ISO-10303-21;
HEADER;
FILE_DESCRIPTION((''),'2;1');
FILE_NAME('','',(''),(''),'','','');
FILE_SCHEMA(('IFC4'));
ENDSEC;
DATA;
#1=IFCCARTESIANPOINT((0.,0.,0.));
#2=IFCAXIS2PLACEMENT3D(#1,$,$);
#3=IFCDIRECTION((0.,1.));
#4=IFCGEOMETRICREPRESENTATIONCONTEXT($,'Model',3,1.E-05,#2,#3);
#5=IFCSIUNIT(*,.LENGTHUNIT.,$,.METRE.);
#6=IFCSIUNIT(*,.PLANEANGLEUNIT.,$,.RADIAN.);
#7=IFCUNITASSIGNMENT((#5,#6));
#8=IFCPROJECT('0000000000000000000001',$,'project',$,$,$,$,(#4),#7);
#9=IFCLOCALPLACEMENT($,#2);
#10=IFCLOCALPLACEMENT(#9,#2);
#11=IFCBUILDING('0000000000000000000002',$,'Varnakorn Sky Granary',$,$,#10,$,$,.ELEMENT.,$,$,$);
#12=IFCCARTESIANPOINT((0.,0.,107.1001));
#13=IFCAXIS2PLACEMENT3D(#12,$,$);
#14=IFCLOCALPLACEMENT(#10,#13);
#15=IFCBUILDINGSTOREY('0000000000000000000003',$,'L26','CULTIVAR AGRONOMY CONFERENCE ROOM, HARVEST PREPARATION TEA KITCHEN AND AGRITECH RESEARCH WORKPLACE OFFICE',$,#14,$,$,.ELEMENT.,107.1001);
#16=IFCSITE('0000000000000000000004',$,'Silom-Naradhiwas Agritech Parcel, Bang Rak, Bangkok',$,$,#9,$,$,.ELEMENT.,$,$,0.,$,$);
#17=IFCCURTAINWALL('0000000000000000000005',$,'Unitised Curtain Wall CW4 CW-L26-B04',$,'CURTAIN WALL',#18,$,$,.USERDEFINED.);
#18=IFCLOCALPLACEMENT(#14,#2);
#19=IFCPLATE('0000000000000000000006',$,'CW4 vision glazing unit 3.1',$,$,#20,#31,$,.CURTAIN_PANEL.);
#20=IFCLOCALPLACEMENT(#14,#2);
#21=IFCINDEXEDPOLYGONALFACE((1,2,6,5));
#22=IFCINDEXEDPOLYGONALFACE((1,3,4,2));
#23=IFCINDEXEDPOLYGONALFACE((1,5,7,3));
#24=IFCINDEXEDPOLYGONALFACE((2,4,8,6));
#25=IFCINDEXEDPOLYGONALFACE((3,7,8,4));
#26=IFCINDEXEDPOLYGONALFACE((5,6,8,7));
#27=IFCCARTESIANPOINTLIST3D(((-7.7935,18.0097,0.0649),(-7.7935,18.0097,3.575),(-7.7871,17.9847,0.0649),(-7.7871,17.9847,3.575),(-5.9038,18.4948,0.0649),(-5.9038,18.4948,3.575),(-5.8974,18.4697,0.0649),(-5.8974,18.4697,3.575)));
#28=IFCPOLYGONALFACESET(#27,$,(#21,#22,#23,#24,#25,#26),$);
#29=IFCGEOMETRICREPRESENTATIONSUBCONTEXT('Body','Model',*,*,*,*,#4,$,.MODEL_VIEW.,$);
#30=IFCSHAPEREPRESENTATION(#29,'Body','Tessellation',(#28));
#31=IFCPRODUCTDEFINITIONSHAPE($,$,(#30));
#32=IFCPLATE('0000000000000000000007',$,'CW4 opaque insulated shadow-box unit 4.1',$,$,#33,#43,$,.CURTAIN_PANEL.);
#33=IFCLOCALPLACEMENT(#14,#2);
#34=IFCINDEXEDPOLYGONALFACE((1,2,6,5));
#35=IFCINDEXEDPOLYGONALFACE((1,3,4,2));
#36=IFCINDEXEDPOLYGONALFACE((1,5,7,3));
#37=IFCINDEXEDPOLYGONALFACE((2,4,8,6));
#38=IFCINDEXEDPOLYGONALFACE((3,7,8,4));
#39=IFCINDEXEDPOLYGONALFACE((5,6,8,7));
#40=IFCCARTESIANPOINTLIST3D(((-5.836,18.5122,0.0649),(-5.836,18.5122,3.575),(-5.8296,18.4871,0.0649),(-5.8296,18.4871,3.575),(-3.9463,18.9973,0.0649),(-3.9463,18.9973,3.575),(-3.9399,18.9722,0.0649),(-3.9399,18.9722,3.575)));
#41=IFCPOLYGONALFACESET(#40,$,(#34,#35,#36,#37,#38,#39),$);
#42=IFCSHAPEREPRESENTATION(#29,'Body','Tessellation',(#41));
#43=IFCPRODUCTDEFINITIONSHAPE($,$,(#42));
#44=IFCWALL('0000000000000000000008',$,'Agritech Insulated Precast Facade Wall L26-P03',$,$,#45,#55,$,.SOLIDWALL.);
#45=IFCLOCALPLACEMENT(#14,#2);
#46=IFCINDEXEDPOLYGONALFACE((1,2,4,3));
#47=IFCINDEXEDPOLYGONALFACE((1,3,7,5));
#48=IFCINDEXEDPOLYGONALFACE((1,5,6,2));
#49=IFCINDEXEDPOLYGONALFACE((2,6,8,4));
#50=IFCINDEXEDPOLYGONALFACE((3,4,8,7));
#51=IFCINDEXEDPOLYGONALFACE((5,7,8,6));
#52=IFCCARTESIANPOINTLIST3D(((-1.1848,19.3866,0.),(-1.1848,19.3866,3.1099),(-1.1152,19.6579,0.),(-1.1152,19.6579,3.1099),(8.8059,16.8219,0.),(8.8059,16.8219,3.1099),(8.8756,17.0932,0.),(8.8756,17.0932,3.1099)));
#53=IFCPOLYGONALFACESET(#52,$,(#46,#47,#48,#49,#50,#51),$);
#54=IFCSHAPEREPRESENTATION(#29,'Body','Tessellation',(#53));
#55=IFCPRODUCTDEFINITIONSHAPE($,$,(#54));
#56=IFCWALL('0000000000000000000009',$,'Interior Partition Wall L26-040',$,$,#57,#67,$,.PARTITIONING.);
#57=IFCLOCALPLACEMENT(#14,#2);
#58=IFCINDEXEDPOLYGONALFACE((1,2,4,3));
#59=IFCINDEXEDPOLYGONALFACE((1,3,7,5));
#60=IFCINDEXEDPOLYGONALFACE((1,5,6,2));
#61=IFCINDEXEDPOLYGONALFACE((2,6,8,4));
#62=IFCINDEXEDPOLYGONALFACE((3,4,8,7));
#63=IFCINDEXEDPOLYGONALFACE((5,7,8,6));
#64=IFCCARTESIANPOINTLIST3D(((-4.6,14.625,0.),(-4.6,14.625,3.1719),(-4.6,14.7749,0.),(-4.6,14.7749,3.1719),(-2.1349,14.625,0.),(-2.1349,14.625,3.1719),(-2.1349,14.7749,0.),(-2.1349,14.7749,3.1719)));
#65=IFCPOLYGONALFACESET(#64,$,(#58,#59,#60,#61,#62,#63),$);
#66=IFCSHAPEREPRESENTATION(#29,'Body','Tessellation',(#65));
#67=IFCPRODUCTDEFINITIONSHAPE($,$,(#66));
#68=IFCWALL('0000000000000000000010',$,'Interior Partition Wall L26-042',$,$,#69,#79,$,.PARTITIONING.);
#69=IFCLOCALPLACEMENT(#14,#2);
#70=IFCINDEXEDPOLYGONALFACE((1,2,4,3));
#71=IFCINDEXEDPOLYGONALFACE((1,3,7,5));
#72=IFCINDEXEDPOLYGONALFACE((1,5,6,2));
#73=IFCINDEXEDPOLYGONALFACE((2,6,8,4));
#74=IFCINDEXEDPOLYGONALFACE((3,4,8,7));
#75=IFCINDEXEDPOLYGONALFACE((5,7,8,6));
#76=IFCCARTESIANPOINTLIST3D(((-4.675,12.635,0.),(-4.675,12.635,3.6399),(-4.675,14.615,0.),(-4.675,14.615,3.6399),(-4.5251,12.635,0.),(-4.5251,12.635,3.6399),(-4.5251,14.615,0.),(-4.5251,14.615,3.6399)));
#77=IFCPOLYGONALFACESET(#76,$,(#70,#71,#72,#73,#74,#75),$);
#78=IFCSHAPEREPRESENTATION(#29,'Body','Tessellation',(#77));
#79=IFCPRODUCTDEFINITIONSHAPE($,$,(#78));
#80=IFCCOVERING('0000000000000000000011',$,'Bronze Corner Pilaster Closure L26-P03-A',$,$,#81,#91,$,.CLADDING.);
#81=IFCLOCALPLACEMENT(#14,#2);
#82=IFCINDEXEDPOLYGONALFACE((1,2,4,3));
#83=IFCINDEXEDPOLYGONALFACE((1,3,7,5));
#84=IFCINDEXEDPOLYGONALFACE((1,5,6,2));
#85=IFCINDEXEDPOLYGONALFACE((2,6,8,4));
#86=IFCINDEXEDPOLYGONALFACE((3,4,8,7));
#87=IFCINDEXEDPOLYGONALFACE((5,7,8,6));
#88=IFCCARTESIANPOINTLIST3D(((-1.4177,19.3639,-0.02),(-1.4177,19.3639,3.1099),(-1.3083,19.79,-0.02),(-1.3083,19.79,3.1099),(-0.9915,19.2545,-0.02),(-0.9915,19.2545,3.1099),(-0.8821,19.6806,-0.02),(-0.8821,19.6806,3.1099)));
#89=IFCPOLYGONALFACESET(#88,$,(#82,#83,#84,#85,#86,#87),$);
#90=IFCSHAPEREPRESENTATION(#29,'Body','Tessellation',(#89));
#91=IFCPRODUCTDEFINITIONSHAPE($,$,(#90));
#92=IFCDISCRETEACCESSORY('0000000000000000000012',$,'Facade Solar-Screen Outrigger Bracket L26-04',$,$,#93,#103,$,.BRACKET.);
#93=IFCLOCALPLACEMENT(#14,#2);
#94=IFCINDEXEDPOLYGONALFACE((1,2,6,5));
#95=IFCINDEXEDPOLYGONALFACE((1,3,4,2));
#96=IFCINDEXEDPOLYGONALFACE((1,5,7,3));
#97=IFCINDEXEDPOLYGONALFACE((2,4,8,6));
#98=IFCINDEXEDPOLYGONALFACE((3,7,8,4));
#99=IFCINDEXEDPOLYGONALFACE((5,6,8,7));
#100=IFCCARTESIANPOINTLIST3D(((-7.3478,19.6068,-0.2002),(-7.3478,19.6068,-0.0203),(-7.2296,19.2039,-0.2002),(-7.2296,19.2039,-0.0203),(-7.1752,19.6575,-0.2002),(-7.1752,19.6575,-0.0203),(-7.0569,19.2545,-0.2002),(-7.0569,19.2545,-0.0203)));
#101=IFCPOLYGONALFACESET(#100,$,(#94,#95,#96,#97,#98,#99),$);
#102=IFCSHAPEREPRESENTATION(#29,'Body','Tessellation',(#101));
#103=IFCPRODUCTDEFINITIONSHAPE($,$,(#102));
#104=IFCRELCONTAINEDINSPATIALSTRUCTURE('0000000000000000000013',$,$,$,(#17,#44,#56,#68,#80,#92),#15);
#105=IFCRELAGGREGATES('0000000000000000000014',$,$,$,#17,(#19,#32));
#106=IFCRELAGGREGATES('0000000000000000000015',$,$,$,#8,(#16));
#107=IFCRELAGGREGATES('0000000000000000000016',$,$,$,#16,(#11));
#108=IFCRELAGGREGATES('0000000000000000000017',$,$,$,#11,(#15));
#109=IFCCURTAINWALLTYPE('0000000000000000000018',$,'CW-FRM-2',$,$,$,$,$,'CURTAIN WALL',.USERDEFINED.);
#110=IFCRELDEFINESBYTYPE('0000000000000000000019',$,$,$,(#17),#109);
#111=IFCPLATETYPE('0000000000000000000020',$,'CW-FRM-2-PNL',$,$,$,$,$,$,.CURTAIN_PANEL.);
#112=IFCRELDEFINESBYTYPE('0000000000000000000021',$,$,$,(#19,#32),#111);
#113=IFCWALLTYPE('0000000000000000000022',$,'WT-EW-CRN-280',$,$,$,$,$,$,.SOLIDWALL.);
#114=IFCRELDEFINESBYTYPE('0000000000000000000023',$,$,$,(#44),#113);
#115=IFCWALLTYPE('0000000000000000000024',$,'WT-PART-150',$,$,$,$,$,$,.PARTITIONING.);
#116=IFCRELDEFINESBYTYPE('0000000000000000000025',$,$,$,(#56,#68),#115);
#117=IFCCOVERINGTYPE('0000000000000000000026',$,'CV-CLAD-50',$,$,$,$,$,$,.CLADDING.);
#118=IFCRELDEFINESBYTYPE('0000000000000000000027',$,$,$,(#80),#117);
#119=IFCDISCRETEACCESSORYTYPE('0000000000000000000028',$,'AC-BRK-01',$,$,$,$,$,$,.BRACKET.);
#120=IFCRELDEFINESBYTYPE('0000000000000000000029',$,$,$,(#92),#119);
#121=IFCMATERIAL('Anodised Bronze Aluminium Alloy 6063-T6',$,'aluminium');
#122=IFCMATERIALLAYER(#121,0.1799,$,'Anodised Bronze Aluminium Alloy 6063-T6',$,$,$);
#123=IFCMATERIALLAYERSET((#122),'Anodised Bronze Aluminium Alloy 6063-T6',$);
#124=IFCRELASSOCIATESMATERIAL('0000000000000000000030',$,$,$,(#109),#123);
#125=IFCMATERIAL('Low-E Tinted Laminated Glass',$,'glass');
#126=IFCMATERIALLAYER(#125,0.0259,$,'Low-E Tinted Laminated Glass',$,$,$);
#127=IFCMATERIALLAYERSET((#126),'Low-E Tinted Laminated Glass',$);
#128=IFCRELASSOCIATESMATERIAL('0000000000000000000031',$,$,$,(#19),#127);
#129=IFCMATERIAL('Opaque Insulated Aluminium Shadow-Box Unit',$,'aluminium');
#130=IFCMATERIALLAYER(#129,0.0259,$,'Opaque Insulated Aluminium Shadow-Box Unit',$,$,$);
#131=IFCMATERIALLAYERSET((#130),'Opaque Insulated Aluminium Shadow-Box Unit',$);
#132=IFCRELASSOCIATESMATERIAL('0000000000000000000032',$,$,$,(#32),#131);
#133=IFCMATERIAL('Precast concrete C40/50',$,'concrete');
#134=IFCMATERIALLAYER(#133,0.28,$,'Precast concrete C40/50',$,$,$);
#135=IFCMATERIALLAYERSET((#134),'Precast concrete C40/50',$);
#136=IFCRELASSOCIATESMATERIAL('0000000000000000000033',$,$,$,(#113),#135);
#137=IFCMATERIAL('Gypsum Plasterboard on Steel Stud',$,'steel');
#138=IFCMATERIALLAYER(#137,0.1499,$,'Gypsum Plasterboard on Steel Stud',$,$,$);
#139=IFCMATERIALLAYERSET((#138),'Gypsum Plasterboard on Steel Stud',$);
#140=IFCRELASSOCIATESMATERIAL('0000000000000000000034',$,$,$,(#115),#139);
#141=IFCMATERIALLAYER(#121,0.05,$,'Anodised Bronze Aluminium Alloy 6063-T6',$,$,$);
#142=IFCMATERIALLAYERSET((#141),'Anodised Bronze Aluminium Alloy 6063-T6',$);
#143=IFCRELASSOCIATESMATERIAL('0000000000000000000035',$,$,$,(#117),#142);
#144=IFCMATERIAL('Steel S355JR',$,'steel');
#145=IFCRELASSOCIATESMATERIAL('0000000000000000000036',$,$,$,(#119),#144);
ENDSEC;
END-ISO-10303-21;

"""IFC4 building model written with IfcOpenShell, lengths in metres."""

from ifc_helpers import new_model, si_unit, direction, frame, frame_2d, origin, origin_2d, place, context, subcontext, project, spatial, rectangle, extrude, source, transform, mapped, material, layer, layer_set, type_object, type_shapes, element, aggregate, save


model = new_model("IFC4")

# Units and contexts
model_context = context("Model", 3, precision=1e-05, world=origin(), true_north=direction((0.0, 1.0)))
body_context = subcontext(model_context, "Body", "Model", "MODEL_VIEW")
ifc_project = project(units=[si_unit("LENGTHUNIT", "METRE"), si_unit("PLANEANGLEUNIT", "RADIAN")], contexts=[model_context])

# Site, building, storey
site_placement = place(None, origin())
site = spatial("IfcSite", under=ifc_project, at=site_placement, Name="Silom-Naradhiwas Agritech Parcel, Bang Rak, Bangkok", CompositionType="ELEMENT", RefElevation=0.0)
building_placement = place(site_placement, origin())
building = spatial("IfcBuilding", under=site, at=building_placement, Name="Varnakorn Sky Granary", CompositionType="ELEMENT")
storey_placement = place(building_placement, frame((0.0, 0.0, 107.1001)))
storey = spatial("IfcBuildingStorey", under=building, at=storey_placement, Name="L26", Description="CULTIVAR AGRONOMY CONFERENCE ROOM, HARVEST PREPARATION TEA KITCHEN AND AGRITECH RESEARCH WORKPLACE OFFICE", CompositionType="ELEMENT", Elevation=107.1001)

# Shared definitions
ifc_material_1 = material(Name="Steel S355JR", Category="steel")

# Curtain wall
ifc_material_2 = material(Name="Anodised Bronze Aluminium Alloy 6063-T6", Category="aluminium")
ifc_layer_1 = layer(ifc_material_2, 0.1799, Name="Anodised Bronze Aluminium Alloy 6063-T6")
ifc_layer_set_1 = layer_set([ifc_layer_1], Name="Anodised Bronze Aluminium Alloy 6063-T6")
curtain_wall_type = type_object("IfcCurtainWallType", Name="CW-FRM-2", ElementType="CURTAIN WALL", PredefinedType="USERDEFINED", material=ifc_layer_set_1)
curtain_wall_placement = place(storey_placement, origin())
curtain_wall = element("IfcCurtainWall", 1, at=curtain_wall_placement, inside=storey, type_object=curtain_wall_type, Name="Unitised Curtain Wall CW4 CW-L26-B04", ObjectType="CURTAIN WALL", PredefinedType="USERDEFINED")

# Plates
ifc_material_3 = material(Name="Opaque Insulated Aluminium Shadow-Box Unit", Category="aluminium")
ifc_layer_2 = layer(ifc_material_3, 0.0259, Name="Opaque Insulated Aluminium Shadow-Box Unit")
ifc_layer_set_2 = layer_set([ifc_layer_2], Name="Opaque Insulated Aluminium Shadow-Box Unit")
plate_type = type_object("IfcPlateType", Name="CW-FRM-2-PNL", PredefinedType="CURTAIN_PANEL")
ifc_material_4 = material(Name="Low-E Tinted Laminated Glass", Category="glass")
ifc_layer_3 = layer(ifc_material_4, 0.0259, Name="Low-E Tinted Laminated Glass")
ifc_layer_set_3 = layer_set([ifc_layer_3], Name="Low-E Tinted Laminated Glass")
shared_shape_1 = source(origin(), body_context, "Body", "SweptSolid", [
    extrude(rectangle(XDim=1.9509, YDim=0.0259, at=origin_2d()), origin(), (0.0, 0.0, 1.0), 3.51),
])
plate_1_placement = place(storey_placement, frame((-6.8455, 18.2397, 0.0649), z_axis=(0.0, 0.0, 1.0), x_axis=(0.968597, 0.248636, 0.0)))
plate_1 = element("IfcPlate", 2, at=plate_1_placement, type_object=plate_type, material=ifc_layer_set_3, Name="CW4 vision glazing unit 3.1", PredefinedType="CURTAIN_PANEL", context=body_context, shape_type="MappedRepresentation", body=[
    mapped(shared_shape_1, transform((0.0, 0.0, 0.0), x_axis=(1.0, 0.0, 0.0), y_axis=(0.0, 1.0, 0.0), z_axis=(0.0, 0.0, 1.0), scale=1.0)),
])
plate_2_placement = place(storey_placement, frame((-4.8879, 18.7422, 0.0649), z_axis=(0.0, 0.0, 1.0), x_axis=(0.968597, 0.248636, 0.0)))
plate_2 = element("IfcPlate", 3, at=plate_2_placement, type_object=plate_type, material=ifc_layer_set_2, Name="CW4 opaque insulated shadow-box unit 4.1", PredefinedType="CURTAIN_PANEL", context=body_context, shape_type="MappedRepresentation", body=[
    mapped(shared_shape_1, transform((0.0, 0.0, 0.0), x_axis=(1.0, 0.0, 0.0), y_axis=(0.0, 1.0, 0.0), z_axis=(0.0, 0.0, 1.0), scale=1.0)),
])
aggregate(curtain_wall, [plate_1, plate_2])

# Walls
ifc_material_5 = material(Name="Precast concrete C40/50", Category="concrete")
ifc_layer_4 = layer(ifc_material_5, 0.28, Name="Precast concrete C40/50")
ifc_layer_set_4 = layer_set([ifc_layer_4], Name="Precast concrete C40/50")
wall_type_1 = type_object("IfcWallType", Name="WT-EW-CRN-280", PredefinedType="SOLIDWALL", material=ifc_layer_set_4)
wall_1_placement = place(storey_placement, frame((-1.1499, 19.5222, 0.0), z_axis=(0.0, 0.0, 1.0), x_axis=(0.968594, -0.248646, 0.0)))
element("IfcWall", 4, at=wall_1_placement, inside=storey, type_object=wall_type_1, Name="Agritech Insulated Precast Facade Wall L26-P03", PredefinedType="SOLIDWALL", context=body_context, shape_type="SweptSolid", body=[
    extrude(rectangle(XDim=10.3147, YDim=0.28, at=frame_2d((5.1572, 0.0))), origin(), (0.0, 0.0, 1.0), 3.1099),
])
ifc_material_6 = material(Name="Gypsum Plasterboard on Steel Stud", Category="steel")
ifc_layer_5 = layer(ifc_material_6, 0.1499, Name="Gypsum Plasterboard on Steel Stud")
ifc_layer_set_5 = layer_set([ifc_layer_5], Name="Gypsum Plasterboard on Steel Stud")
wall_type_2 = type_object("IfcWallType", Name="WT-PART-150", PredefinedType="PARTITIONING", material=ifc_layer_set_5)
wall_2_placement = place(storey_placement, frame((-2.135, 14.7, 0.0), z_axis=(0.0, 0.0, 1.0), x_axis=(-1.0, 0.0, 0.0)))
element("IfcWall", 5, at=wall_2_placement, inside=storey, type_object=wall_type_2, Name="Interior Partition Wall L26-040", PredefinedType="PARTITIONING", context=body_context, shape_type="SweptSolid", body=[
    extrude(rectangle(XDim=2.4651, YDim=0.1499, at=frame_2d((1.2324, 0.0))), origin(), (0.0, 0.0, 1.0), 3.1719),
])
wall_3_placement = place(storey_placement, frame((-4.6001, 14.615, 0.0), z_axis=(0.0, 0.0, 1.0), x_axis=(0.0, -1.0, 0.0)))
element("IfcWall", 6, at=wall_3_placement, inside=storey, type_object=wall_type_2, Name="Interior Partition Wall L26-042", PredefinedType="PARTITIONING", context=body_context, shape_type="SweptSolid", body=[
    extrude(rectangle(XDim=1.98, YDim=0.1499, at=frame_2d((0.99, 0.0))), origin(), (0.0, 0.0, 1.0), 3.6399),
])

# Covering
ifc_layer_6 = layer(ifc_material_2, 0.05, Name="Anodised Bronze Aluminium Alloy 6063-T6")
ifc_layer_set_6 = layer_set([ifc_layer_6], Name="Anodised Bronze Aluminium Alloy 6063-T6")
covering_type = type_object("IfcCoveringType", Name="CV-CLAD-50", PredefinedType="CLADDING", material=ifc_layer_set_6)
shared_shape_2 = source(origin(), body_context, "Body", "SweptSolid", [
    extrude(rectangle(XDim=0.4399, YDim=0.4399, at=origin_2d()), origin(), (0.0, 0.0, 1.0), 3.1299),
])
type_shapes(covering_type, [shared_shape_2])
covering_placement = place(storey_placement, frame((-1.1499, 19.5222, -0.02), z_axis=(0.0, 0.0, 1.0), x_axis=(0.968583, -0.24869, 0.0)))
element("IfcCovering", 7, at=covering_placement, inside=storey, type_object=covering_type, Name="Bronze Corner Pilaster Closure L26-P03-A", PredefinedType="CLADDING", context=body_context, shape_type="MappedRepresentation", body=[
    mapped(shared_shape_2, transform((0.0, 0.0, 0.0), x_axis=(1.0, 0.0, 0.0), y_axis=(0.0, 1.0, 0.0), z_axis=(0.0, 0.0, 1.0), scale=1.0)),
])

# Discrete accessory
discrete_accessory_type = type_object("IfcDiscreteAccessoryType", Name="AC-BRK-01", PredefinedType="BRACKET", material=ifc_material_1)
shared_shape_3 = source(origin(), body_context, "Body", "SweptSolid", [
    extrude(rectangle(XDim=0.1799, YDim=0.4199, at=origin_2d()), origin(), (0.0, 0.0, 1.0), 0.1799),
])
type_shapes(discrete_accessory_type, [shared_shape_3])
discrete_accessory_placement = place(storey_placement, frame((-7.2024, 19.4307, -0.2002), z_axis=(0.0, 0.0, 1.0), x_axis=(-0.959532, -0.281601, 0.0)))
element("IfcDiscreteAccessory", 8, at=discrete_accessory_placement, inside=storey, type_object=discrete_accessory_type, Name="Facade Solar-Screen Outrigger Bracket L26-04", PredefinedType="BRACKET", context=body_context, shape_type="MappedRepresentation", body=[
    mapped(shared_shape_3, transform((0.0, 0.0, 0.0), x_axis=(1.0, 0.0, 0.0), y_axis=(0.0, 1.0, 0.0), z_axis=(0.0, 0.0, 1.0), scale=1.0)),
])

save(model, "model.ifc")
